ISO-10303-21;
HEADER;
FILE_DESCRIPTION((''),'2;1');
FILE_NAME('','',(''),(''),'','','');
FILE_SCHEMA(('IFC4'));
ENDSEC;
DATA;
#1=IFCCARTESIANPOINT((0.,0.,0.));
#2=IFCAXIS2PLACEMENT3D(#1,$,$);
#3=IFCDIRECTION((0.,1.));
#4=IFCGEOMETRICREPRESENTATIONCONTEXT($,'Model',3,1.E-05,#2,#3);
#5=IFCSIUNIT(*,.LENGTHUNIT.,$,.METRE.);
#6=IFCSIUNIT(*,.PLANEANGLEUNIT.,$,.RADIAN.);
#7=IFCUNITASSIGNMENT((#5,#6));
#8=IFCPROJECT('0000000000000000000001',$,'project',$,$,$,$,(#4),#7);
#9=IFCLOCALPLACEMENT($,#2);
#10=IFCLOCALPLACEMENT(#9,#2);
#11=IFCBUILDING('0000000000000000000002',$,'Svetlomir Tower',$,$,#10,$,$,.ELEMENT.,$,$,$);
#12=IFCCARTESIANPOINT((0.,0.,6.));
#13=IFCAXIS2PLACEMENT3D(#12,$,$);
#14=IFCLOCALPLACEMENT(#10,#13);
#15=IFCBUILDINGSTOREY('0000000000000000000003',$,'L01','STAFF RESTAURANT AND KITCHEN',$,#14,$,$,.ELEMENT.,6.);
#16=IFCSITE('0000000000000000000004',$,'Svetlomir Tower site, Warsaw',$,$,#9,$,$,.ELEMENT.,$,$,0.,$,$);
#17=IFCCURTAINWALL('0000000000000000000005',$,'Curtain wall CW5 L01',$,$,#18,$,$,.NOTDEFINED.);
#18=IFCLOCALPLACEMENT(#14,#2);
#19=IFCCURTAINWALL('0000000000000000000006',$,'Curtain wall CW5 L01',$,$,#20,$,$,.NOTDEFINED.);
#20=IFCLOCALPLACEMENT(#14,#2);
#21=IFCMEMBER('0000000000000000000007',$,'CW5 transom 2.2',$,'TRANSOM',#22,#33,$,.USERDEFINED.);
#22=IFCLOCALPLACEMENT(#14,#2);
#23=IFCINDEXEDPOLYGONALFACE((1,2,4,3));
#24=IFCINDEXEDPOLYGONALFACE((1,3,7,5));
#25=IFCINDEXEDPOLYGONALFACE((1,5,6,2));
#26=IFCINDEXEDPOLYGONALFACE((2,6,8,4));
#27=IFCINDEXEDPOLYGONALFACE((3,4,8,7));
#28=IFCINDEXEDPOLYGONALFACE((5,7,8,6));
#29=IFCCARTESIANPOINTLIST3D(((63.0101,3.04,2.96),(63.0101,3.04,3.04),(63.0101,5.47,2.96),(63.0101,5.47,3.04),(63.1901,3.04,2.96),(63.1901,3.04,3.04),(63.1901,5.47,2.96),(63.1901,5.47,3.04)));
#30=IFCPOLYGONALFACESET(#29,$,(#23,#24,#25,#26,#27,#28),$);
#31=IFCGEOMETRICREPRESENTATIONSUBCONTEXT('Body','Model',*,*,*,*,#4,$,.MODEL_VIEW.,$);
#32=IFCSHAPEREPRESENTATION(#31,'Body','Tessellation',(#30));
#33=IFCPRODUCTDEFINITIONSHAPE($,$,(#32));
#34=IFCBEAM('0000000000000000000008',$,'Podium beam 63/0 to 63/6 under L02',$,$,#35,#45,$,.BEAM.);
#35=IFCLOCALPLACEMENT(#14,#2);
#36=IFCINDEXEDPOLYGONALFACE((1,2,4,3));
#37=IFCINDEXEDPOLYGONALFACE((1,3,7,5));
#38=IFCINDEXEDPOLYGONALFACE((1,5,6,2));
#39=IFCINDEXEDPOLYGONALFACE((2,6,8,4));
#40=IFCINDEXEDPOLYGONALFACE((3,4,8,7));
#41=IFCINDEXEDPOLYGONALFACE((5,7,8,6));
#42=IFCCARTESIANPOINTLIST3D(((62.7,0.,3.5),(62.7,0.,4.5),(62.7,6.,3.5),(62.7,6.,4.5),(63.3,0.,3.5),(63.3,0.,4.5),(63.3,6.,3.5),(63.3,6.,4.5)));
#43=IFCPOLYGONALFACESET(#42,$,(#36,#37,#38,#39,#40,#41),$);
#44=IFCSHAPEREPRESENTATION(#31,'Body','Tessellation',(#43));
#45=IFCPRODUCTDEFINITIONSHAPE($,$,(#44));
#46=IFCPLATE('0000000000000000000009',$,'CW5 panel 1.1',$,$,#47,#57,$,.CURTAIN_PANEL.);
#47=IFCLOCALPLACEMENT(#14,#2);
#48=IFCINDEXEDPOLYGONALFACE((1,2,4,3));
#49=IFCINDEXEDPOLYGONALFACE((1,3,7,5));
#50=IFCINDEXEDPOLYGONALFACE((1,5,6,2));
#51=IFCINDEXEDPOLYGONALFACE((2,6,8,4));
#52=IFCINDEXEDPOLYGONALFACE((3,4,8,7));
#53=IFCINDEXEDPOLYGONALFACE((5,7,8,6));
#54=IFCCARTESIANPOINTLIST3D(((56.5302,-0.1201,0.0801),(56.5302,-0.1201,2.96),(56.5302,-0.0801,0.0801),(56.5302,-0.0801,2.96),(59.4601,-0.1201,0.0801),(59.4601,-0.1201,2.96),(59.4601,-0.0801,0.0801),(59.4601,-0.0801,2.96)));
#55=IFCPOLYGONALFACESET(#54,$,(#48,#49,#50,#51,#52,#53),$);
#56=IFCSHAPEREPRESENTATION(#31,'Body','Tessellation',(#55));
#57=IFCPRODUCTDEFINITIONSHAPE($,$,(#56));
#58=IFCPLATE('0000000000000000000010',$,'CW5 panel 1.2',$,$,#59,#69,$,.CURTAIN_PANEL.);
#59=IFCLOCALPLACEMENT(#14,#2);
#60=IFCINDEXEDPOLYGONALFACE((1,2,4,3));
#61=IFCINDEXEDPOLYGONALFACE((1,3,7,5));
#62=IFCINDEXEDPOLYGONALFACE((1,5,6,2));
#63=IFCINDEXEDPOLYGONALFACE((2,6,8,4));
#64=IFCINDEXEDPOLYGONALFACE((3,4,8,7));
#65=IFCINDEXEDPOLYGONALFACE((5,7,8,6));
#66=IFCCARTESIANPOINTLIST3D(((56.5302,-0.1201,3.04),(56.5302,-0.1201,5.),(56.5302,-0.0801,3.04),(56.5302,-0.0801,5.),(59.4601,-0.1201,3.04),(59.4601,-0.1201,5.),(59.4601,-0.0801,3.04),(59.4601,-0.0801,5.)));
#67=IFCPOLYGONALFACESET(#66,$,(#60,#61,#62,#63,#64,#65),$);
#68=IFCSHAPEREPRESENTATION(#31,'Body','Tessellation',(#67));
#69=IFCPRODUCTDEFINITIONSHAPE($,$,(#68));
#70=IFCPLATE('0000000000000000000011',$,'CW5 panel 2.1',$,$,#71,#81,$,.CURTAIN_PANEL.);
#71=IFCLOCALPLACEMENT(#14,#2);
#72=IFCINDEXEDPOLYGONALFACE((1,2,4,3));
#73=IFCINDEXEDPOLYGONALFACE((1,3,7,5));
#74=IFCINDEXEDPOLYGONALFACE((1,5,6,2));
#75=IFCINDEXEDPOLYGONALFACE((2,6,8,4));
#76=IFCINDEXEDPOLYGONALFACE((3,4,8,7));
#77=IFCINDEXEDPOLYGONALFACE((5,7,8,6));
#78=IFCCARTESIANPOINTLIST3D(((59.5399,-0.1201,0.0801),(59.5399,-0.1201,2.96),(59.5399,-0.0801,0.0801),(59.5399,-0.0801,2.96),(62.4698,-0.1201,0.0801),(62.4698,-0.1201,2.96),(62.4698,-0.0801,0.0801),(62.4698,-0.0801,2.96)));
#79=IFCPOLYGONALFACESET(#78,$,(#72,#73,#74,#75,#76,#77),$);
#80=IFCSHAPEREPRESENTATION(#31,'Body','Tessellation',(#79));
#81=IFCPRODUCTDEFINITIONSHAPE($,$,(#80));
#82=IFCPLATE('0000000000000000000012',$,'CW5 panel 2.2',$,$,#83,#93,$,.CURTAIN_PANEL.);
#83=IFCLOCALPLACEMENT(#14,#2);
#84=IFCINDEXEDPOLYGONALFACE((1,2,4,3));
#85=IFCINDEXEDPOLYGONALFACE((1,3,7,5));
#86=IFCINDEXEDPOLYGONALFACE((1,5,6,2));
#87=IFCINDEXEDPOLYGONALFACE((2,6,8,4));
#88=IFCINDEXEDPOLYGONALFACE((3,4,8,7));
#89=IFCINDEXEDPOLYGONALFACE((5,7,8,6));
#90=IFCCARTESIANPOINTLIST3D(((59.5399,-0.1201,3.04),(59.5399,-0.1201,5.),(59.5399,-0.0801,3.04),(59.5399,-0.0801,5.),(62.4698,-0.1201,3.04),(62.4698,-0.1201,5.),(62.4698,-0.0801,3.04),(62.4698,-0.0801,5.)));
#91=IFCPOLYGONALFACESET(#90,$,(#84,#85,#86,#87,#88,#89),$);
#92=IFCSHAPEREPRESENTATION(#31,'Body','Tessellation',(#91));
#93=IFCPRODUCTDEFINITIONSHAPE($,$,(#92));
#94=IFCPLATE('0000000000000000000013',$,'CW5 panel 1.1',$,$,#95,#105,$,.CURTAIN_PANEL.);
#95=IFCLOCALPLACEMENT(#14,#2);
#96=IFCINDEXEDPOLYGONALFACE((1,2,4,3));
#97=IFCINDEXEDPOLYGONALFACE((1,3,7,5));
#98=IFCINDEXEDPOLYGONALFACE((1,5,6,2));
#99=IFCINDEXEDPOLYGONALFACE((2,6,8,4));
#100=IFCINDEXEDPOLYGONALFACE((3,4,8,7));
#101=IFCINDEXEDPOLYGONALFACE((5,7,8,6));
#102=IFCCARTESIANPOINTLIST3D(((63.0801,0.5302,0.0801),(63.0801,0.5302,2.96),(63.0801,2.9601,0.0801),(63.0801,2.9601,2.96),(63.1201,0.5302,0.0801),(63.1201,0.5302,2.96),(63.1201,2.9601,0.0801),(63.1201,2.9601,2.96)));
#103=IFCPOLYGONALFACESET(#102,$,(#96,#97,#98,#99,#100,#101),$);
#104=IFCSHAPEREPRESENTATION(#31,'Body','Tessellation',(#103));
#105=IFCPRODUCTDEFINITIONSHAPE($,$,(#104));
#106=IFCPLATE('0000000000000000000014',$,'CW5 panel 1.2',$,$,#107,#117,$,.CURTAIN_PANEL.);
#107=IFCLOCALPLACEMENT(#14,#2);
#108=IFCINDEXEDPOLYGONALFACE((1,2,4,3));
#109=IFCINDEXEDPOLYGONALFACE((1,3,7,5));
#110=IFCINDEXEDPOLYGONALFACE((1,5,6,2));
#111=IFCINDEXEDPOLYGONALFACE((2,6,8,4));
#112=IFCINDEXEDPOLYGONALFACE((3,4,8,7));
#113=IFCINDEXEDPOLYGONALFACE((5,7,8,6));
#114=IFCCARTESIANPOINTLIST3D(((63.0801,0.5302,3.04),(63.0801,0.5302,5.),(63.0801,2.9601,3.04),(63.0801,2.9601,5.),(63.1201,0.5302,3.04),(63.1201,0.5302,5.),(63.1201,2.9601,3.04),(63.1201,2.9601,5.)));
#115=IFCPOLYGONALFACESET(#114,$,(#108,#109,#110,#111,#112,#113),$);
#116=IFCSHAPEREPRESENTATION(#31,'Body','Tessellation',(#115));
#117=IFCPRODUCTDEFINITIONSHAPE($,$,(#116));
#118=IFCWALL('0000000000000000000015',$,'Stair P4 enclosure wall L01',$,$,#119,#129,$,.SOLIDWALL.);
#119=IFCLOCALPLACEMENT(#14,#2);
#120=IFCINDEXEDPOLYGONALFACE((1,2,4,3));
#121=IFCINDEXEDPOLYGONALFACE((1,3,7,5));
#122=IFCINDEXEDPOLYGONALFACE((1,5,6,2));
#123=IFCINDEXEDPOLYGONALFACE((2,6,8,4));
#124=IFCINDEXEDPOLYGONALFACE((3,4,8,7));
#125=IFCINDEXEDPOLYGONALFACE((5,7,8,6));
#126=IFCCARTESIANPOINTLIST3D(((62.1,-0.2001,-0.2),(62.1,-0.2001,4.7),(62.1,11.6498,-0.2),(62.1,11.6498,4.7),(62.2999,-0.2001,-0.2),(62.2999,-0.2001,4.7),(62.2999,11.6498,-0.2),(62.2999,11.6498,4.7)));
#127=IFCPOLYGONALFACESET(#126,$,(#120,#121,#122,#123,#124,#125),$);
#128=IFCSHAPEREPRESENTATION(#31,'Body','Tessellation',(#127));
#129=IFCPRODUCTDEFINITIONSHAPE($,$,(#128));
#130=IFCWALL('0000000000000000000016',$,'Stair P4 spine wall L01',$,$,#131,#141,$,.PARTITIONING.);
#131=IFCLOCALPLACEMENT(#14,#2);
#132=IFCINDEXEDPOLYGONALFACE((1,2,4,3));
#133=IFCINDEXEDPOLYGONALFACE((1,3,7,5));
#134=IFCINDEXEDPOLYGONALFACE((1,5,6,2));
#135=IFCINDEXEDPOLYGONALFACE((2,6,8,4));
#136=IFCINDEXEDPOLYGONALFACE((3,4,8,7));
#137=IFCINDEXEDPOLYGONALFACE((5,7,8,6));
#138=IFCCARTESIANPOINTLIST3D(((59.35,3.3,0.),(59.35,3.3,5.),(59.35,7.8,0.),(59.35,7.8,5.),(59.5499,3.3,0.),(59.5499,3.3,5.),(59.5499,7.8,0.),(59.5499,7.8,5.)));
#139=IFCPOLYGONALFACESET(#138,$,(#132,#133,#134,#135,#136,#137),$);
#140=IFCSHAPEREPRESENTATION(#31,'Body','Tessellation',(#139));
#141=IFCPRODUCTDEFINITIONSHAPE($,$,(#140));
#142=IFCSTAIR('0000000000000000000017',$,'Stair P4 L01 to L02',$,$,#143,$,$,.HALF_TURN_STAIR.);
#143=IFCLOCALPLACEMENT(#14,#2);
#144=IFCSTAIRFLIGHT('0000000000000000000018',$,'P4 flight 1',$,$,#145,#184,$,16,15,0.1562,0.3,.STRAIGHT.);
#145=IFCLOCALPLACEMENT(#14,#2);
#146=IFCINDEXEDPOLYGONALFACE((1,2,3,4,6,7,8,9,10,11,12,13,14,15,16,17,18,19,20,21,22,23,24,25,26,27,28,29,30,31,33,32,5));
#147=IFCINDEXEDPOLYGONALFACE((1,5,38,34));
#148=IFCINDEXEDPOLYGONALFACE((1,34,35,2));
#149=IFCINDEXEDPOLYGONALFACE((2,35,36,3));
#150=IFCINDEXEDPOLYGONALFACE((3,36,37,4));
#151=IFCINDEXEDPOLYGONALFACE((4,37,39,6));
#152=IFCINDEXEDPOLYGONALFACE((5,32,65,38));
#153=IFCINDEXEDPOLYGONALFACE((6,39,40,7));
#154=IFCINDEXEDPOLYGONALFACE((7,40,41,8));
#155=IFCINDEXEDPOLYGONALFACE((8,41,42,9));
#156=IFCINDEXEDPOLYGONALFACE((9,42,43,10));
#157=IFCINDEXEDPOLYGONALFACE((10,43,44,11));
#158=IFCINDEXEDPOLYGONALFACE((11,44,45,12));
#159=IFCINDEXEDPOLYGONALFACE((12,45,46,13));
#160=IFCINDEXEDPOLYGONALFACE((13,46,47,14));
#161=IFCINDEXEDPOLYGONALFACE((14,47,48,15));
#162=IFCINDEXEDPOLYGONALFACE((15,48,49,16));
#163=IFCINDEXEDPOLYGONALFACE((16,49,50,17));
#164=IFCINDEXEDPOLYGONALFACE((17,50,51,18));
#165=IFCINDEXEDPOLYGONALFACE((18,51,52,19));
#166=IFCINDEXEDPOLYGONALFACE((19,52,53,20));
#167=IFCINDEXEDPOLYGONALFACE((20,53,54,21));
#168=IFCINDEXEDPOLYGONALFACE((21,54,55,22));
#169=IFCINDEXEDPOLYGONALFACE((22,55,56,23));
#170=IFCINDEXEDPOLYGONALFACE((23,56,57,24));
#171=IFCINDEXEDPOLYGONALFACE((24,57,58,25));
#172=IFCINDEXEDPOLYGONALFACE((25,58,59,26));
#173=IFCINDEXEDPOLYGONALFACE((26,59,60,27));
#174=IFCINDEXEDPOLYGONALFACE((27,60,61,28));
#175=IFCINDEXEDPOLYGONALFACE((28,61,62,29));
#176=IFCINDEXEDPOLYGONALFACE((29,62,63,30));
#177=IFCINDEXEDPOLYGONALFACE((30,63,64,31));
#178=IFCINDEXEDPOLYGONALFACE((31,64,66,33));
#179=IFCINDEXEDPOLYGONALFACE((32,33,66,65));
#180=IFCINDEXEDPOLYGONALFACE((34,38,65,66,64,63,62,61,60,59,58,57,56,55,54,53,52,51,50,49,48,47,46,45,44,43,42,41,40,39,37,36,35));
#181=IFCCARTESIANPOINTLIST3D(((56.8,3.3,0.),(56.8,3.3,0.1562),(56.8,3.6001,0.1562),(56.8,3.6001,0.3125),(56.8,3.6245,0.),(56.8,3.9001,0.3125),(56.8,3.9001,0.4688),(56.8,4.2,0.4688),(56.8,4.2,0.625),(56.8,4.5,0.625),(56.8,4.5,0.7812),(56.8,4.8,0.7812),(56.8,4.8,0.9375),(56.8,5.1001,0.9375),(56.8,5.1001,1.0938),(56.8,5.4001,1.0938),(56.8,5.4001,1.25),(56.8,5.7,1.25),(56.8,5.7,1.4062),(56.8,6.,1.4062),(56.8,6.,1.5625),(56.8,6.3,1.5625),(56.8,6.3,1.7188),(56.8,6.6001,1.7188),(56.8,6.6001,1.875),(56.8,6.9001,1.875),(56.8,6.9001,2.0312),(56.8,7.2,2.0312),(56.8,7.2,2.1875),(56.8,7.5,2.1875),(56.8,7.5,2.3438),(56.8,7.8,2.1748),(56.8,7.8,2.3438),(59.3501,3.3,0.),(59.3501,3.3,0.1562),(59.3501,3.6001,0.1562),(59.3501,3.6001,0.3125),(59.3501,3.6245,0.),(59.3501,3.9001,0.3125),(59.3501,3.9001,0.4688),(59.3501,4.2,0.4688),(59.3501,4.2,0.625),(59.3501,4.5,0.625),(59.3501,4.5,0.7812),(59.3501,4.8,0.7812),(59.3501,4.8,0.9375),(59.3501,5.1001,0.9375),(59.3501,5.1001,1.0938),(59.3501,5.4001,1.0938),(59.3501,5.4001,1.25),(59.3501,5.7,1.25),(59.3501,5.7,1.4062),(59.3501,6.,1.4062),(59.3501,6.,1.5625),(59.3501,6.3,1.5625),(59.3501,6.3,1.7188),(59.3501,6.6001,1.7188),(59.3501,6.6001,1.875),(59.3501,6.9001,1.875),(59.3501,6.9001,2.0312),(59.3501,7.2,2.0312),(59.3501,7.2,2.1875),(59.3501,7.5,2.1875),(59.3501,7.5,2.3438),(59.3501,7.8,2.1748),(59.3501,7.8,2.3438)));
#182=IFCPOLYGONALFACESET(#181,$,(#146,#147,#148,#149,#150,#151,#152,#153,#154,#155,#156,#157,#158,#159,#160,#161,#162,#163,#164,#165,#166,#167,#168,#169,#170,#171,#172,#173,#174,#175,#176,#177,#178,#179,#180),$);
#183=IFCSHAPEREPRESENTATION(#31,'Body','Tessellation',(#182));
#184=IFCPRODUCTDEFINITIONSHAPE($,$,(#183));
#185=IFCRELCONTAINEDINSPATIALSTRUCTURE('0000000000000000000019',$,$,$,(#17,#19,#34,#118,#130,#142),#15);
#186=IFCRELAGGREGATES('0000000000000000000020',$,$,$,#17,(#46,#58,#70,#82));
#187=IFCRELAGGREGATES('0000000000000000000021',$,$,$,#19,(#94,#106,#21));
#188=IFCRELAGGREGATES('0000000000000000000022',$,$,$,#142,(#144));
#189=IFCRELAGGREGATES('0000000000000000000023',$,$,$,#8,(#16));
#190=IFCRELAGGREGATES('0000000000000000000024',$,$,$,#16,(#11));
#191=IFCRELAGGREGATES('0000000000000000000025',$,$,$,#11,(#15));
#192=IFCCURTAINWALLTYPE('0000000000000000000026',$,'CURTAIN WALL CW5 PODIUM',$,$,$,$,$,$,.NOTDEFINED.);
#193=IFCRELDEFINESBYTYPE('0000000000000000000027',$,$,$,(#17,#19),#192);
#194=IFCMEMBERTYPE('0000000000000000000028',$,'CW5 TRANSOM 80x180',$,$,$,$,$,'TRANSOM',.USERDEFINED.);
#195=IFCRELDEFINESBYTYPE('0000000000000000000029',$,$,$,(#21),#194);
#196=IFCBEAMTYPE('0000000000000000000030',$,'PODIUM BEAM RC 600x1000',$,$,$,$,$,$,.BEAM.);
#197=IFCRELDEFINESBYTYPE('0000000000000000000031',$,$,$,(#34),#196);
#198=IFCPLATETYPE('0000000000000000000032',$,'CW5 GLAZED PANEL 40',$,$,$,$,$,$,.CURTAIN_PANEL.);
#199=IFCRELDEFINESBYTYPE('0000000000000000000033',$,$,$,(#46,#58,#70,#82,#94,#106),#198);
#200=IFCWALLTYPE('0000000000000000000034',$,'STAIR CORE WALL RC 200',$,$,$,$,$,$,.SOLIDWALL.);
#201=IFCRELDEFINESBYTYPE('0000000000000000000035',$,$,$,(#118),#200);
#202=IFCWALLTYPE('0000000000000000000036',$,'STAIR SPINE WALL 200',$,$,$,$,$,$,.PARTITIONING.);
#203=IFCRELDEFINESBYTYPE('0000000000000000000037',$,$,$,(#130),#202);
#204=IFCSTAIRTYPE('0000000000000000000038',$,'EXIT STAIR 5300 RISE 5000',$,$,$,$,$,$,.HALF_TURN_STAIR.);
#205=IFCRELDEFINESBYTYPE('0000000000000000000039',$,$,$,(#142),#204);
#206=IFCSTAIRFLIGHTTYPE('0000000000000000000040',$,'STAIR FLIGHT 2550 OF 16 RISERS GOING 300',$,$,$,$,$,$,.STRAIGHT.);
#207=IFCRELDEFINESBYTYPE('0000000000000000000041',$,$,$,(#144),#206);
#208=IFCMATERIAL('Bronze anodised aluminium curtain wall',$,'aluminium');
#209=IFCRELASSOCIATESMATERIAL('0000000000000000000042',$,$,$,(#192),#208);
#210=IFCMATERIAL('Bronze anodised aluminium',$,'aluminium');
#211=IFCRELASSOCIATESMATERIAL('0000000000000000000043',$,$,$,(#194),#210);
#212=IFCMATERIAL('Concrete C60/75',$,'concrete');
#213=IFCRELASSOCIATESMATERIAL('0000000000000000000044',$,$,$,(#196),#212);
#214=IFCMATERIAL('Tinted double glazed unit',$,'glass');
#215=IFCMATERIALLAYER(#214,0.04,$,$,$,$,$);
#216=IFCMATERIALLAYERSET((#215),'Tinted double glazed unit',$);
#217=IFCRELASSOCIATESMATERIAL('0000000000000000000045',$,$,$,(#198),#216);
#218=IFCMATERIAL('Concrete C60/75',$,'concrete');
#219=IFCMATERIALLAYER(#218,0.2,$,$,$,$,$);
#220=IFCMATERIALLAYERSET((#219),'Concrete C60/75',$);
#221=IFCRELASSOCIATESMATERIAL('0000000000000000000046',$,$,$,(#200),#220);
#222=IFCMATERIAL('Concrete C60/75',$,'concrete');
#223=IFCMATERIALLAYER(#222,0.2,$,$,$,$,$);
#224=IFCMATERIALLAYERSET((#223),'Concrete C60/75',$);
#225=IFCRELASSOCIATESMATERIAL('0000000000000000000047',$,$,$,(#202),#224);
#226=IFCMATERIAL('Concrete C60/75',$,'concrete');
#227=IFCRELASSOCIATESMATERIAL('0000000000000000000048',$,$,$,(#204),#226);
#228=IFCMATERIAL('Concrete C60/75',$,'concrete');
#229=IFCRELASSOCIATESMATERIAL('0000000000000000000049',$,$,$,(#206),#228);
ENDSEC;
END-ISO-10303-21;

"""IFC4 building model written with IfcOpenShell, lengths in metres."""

from ifc_helpers import new_model, si_unit, direction, frame, frame_2d, origin, origin_2d, place, context, subcontext, project, spatial, polyline, rectangle, outline, extrude, material, layer, layer_set, material_profile, profile_set, type_object, element, aggregate, save


model = new_model("IFC4")

# Units and contexts
model_context = context("Model", 3, precision=1e-05, world=origin(), true_north=direction((0.0, 1.0)))
body_context = subcontext(model_context, "Body", "Model", "MODEL_VIEW")
ifc_project = project(units=[si_unit("LENGTHUNIT", "METRE"), si_unit("PLANEANGLEUNIT", "RADIAN")], contexts=[model_context])

# Site, building, storey
site_placement = place(None, origin())
site = spatial("IfcSite", under=ifc_project, at=site_placement, Name="Svetlomir Tower site, Warsaw", CompositionType="ELEMENT", RefElevation=0.0)
building_placement = place(site_placement, origin())
building = spatial("IfcBuilding", under=site, at=building_placement, Name="Svetlomir Tower", CompositionType="ELEMENT")
storey_placement = place(building_placement, frame((0.0, 0.0, 6.0)))
storey = spatial("IfcBuildingStorey", under=building, at=storey_placement, Name="L01", Description="STAFF RESTAURANT AND KITCHEN", CompositionType="ELEMENT", Elevation=6.0)

# Curtain walls
ifc_material_1 = material(Name="Bronze anodised aluminium curtain wall", Category="aluminium")
curtain_wall_type = type_object("IfcCurtainWallType", Name="CURTAIN WALL CW5 PODIUM", PredefinedType="NOTDEFINED", material=ifc_material_1)
curtain_wall_1_placement = place(storey_placement, origin())
curtain_wall_1 = element("IfcCurtainWall", 1, at=curtain_wall_1_placement, inside=storey, type_object=curtain_wall_type, Name="Curtain wall CW5 L01", PredefinedType="NOTDEFINED")
curtain_wall_2_placement = place(storey_placement, origin())
curtain_wall_2 = element("IfcCurtainWall", 2, at=curtain_wall_2_placement, inside=storey, type_object=curtain_wall_type, Name="Curtain wall CW5 L01", PredefinedType="NOTDEFINED")

# Member
ifc_material_2 = material(Name="Bronze anodised aluminium", Category="aluminium")
ifc_material_profile_1 = material_profile(ifc_material_2, rectangle(XDim=0.1799, YDim=0.0801, at=origin_2d()), Name="AL 180x80")
ifc_profile_set_1 = profile_set([ifc_material_profile_1], Name="Bronze anodised aluminium 6063-T6")
member_type_1 = type_object("IfcMemberType", Name="CW5 TRANSOM 80x180", ElementType="TRANSOM", PredefinedType="USERDEFINED", material=ifc_profile_set_1)
member_1_placement = place(storey_placement, frame((63.1001, 3.04, 3.0), z_axis=(0.0, 1.0, 0.0), x_axis=(-1.0, 0.0, 0.0)))
member_1 = element("IfcMember", 3, at=member_1_placement, type_object=member_type_1, Name="CW5 transom 2.2", ObjectType="TRANSOM", PredefinedType="USERDEFINED", context=body_context, shape_type="SweptSolid", body=[
    extrude(rectangle(XDim=0.1799, YDim=0.0801, at=origin_2d()), origin(), (0.0, 0.0, 1.0), 2.4299),
])

# Beam
ifc_material_3 = material(Name="Concrete C60/75", Category="concrete")
ifc_material_profile_2 = material_profile(ifc_material_3, rectangle(XDim=0.6001, YDim=1.0, at=origin_2d()), Name="RC 600x1000")
ifc_profile_set_2 = profile_set([ifc_material_profile_2], Name="Concrete C60/75")
beam_type = type_object("IfcBeamType", Name="PODIUM BEAM RC 600x1000", PredefinedType="BEAM", material=ifc_profile_set_2)
beam_placement = place(storey_placement, frame((63.0, 0.0, 4.0), z_axis=(0.0, 1.0, 0.0), x_axis=(-1.0, 0.0, 0.0)))
element("IfcBeam", 4, at=beam_placement, inside=storey, type_object=beam_type, Name="Podium beam 63/0 to 63/6 under L02", PredefinedType="BEAM", context=body_context, shape_type="SweptSolid", body=[
    extrude(rectangle(XDim=0.6001, YDim=1.0, at=origin_2d()), origin(), (0.0, 0.0, 1.0), 6.0),
])

# Plates
ifc_material_4 = material(Name="Tinted double glazed unit", Category="glass")
ifc_layer_1 = layer(ifc_material_4, 0.04)
ifc_layer_set_1 = layer_set([ifc_layer_1], Name="Tinted double glazed unit")
plate_type = type_object("IfcPlateType", Name="CW5 GLAZED PANEL 40", PredefinedType="CURTAIN_PANEL", material=ifc_layer_set_1)
plate_1_placement = place(storey_placement, frame((57.9951, -0.1001, 0.0801), z_axis=(0.0, 0.0, 1.0), x_axis=(1.0, 0.0, 0.0)))
plate_1 = element("IfcPlate", 5, at=plate_1_placement, type_object=plate_type, Name="CW5 panel 1.1", PredefinedType="CURTAIN_PANEL", context=body_context, shape_type="SweptSolid", body=[
    extrude(rectangle(XDim=2.9299, YDim=0.04, at=origin_2d()), origin(), (0.0, 0.0, 1.0), 2.8799),
])
plate_2_placement = place(storey_placement, frame((57.9951, -0.1001, 3.04), z_axis=(0.0, 0.0, 1.0), x_axis=(1.0, 0.0, 0.0)))
plate_2 = element("IfcPlate", 6, at=plate_2_placement, type_object=plate_type, Name="CW5 panel 1.2", PredefinedType="CURTAIN_PANEL", context=body_context, shape_type="SweptSolid", body=[
    extrude(rectangle(XDim=2.9299, YDim=0.04, at=origin_2d()), origin(), (0.0, 0.0, 1.0), 1.96),
])
plate_3_placement = place(storey_placement, frame((61.0049, -0.1001, 0.0801), z_axis=(0.0, 0.0, 1.0), x_axis=(1.0, 0.0, 0.0)))
plate_3 = element("IfcPlate", 7, at=plate_3_placement, type_object=plate_type, Name="CW5 panel 2.1", PredefinedType="CURTAIN_PANEL", context=body_context, shape_type="SweptSolid", body=[
    extrude(rectangle(XDim=2.9299, YDim=0.04, at=origin_2d()), origin(), (0.0, 0.0, 1.0), 2.8799),
])
plate_4_placement = place(storey_placement, frame((61.0049, -0.1001, 3.04), z_axis=(0.0, 0.0, 1.0), x_axis=(1.0, 0.0, 0.0)))
plate_4 = element("IfcPlate", 8, at=plate_4_placement, type_object=plate_type, Name="CW5 panel 2.2", PredefinedType="CURTAIN_PANEL", context=body_context, shape_type="SweptSolid", body=[
    extrude(rectangle(XDim=2.9299, YDim=0.04, at=origin_2d()), origin(), (0.0, 0.0, 1.0), 1.96),
])
aggregate(curtain_wall_1, [plate_1, plate_2, plate_3, plate_4])
plate_5_placement = place(storey_placement, frame((63.1001, 1.7451, 0.0801), z_axis=(0.0, 0.0, 1.0), x_axis=(0.0, 1.0, 0.0)))
plate_5 = element("IfcPlate", 9, at=plate_5_placement, type_object=plate_type, Name="CW5 panel 1.1", PredefinedType="CURTAIN_PANEL", context=body_context, shape_type="SweptSolid", body=[
    extrude(rectangle(XDim=2.4299, YDim=0.04, at=origin_2d()), origin(), (0.0, 0.0, 1.0), 2.8799),
])
plate_6_placement = place(storey_placement, frame((63.1001, 1.7451, 3.04), z_axis=(0.0, 0.0, 1.0), x_axis=(0.0, 1.0, 0.0)))
plate_6 = element("IfcPlate", 10, at=plate_6_placement, type_object=plate_type, Name="CW5 panel 1.2", PredefinedType="CURTAIN_PANEL", context=body_context, shape_type="SweptSolid", body=[
    extrude(rectangle(XDim=2.4299, YDim=0.04, at=origin_2d()), origin(), (0.0, 0.0, 1.0), 1.96),
])
aggregate(curtain_wall_2, [plate_5, plate_6, member_1])

# Walls
ifc_material_5 = material(Name="Concrete C60/75", Category="concrete")
ifc_layer_2 = layer(ifc_material_5, 0.2)
ifc_layer_set_2 = layer_set([ifc_layer_2], Name="Concrete C60/75")
wall_type_1 = type_object("IfcWallType", Name="STAIR CORE WALL RC 200", PredefinedType="SOLIDWALL", material=ifc_layer_set_2)
wall_1_placement = place(storey_placement, frame((62.2, -0.2, -0.2), z_axis=(0.0, 0.0, 1.0), x_axis=(0.0, 1.0, 0.0)))
element("IfcWall", 11, at=wall_1_placement, inside=storey, type_object=wall_type_1, Name="Stair P4 enclosure wall L01", PredefinedType="SOLIDWALL", context=body_context, shape_type="SweptSolid", body=[
    extrude(rectangle(XDim=11.8499, YDim=0.2, at=frame_2d((5.9248, 0.0))), origin(), (0.0, 0.0, 1.0), 4.8999),
])
ifc_material_6 = material(Name="Concrete C60/75", Category="concrete")
ifc_layer_3 = layer(ifc_material_6, 0.2)
ifc_layer_set_3 = layer_set([ifc_layer_3], Name="Concrete C60/75")
wall_type_2 = type_object("IfcWallType", Name="STAIR SPINE WALL 200", PredefinedType="PARTITIONING", material=ifc_layer_set_3)
wall_2_placement = place(storey_placement, frame((59.45, 3.3, 0.0), z_axis=(0.0, 0.0, 1.0), x_axis=(0.0, 1.0, 0.0)))
element("IfcWall", 12, at=wall_2_placement, inside=storey, type_object=wall_type_2, Name="Stair P4 spine wall L01", PredefinedType="PARTITIONING", context=body_context, shape_type="SweptSolid", body=[
    extrude(rectangle(XDim=4.5, YDim=0.2, at=frame_2d((2.25, 0.0))), origin(), (0.0, 0.0, 1.0), 5.0),
])

# Stair, stair flight
ifc_material_7 = material(Name="Concrete C60/75", Category="concrete")
stair_type = type_object("IfcStairType", Name="EXIT STAIR 5300 RISE 5000", PredefinedType="HALF_TURN_STAIR", material=ifc_material_7)
stair_placement = place(storey_placement, origin())
stair = element("IfcStair", 13, at=stair_placement, inside=storey, type_object=stair_type, Name="Stair P4 L01 to L02", PredefinedType="HALF_TURN_STAIR")
ifc_material_8 = material(Name="Concrete C60/75", Category="concrete")
stair_flight_type = type_object("IfcStairFlightType", Name="STAIR FLIGHT 2550 OF 16 RISERS GOING 300", PredefinedType="STRAIGHT", material=ifc_material_8)
stair_flight_placement = place(storey_placement, frame((58.075, 3.3, 0.0), z_axis=(0.0, 0.0, 1.0), x_axis=(0.0, 1.0, 0.0)))
stair_flight = element("IfcStairFlight", 14, at=stair_flight_placement, type_object=stair_flight_type, Name="P4 flight 1", NumberOfRisers=16, NumberOfTreads=15, PredefinedType="STRAIGHT", RiserHeight=0.1562, TreadLength=0.3, context=body_context, shape_type="SweptSolid", body=[
    extrude(outline(polyline([(0.0, 0.0), (0.0, 0.1562), (0.3, 0.1562), (0.3, 0.3125), (0.6001, 0.3125), (0.6001, 0.4688), (0.8999, 0.4688), (0.8999, 0.625), (1.2, 0.625), (1.2, 0.7812), (1.5, 0.7812), (1.5, 0.9375), (1.8, 0.9375), (1.8, 1.0938), (2.1001, 1.0938), (2.1001, 1.25), (2.3999, 1.25), (2.3999, 1.4062), (2.7, 1.4062), (2.7, 1.5625), (3.0, 1.5625), (3.0, 1.7188), (3.3, 1.7188), (3.3, 1.875), (3.6001, 1.875), (3.6001, 2.0312), (3.8999, 2.0312), (3.8999, 2.1875), (4.2, 2.1875), (4.2, 2.3438), (4.5, 2.3438), (4.5, 2.5), (4.5, 2.1748), (0.3245, 0.0), (0.0, 0.0)])), frame((0.0, 1.2749, 0.0), z_axis=(0.0, -1.0, 0.0), x_axis=(1.0, 0.0, 0.0)), (0.0, 0.0, 1.0), 2.55),
])
aggregate(stair, [stair_flight])

save(model, "model.ifc")
